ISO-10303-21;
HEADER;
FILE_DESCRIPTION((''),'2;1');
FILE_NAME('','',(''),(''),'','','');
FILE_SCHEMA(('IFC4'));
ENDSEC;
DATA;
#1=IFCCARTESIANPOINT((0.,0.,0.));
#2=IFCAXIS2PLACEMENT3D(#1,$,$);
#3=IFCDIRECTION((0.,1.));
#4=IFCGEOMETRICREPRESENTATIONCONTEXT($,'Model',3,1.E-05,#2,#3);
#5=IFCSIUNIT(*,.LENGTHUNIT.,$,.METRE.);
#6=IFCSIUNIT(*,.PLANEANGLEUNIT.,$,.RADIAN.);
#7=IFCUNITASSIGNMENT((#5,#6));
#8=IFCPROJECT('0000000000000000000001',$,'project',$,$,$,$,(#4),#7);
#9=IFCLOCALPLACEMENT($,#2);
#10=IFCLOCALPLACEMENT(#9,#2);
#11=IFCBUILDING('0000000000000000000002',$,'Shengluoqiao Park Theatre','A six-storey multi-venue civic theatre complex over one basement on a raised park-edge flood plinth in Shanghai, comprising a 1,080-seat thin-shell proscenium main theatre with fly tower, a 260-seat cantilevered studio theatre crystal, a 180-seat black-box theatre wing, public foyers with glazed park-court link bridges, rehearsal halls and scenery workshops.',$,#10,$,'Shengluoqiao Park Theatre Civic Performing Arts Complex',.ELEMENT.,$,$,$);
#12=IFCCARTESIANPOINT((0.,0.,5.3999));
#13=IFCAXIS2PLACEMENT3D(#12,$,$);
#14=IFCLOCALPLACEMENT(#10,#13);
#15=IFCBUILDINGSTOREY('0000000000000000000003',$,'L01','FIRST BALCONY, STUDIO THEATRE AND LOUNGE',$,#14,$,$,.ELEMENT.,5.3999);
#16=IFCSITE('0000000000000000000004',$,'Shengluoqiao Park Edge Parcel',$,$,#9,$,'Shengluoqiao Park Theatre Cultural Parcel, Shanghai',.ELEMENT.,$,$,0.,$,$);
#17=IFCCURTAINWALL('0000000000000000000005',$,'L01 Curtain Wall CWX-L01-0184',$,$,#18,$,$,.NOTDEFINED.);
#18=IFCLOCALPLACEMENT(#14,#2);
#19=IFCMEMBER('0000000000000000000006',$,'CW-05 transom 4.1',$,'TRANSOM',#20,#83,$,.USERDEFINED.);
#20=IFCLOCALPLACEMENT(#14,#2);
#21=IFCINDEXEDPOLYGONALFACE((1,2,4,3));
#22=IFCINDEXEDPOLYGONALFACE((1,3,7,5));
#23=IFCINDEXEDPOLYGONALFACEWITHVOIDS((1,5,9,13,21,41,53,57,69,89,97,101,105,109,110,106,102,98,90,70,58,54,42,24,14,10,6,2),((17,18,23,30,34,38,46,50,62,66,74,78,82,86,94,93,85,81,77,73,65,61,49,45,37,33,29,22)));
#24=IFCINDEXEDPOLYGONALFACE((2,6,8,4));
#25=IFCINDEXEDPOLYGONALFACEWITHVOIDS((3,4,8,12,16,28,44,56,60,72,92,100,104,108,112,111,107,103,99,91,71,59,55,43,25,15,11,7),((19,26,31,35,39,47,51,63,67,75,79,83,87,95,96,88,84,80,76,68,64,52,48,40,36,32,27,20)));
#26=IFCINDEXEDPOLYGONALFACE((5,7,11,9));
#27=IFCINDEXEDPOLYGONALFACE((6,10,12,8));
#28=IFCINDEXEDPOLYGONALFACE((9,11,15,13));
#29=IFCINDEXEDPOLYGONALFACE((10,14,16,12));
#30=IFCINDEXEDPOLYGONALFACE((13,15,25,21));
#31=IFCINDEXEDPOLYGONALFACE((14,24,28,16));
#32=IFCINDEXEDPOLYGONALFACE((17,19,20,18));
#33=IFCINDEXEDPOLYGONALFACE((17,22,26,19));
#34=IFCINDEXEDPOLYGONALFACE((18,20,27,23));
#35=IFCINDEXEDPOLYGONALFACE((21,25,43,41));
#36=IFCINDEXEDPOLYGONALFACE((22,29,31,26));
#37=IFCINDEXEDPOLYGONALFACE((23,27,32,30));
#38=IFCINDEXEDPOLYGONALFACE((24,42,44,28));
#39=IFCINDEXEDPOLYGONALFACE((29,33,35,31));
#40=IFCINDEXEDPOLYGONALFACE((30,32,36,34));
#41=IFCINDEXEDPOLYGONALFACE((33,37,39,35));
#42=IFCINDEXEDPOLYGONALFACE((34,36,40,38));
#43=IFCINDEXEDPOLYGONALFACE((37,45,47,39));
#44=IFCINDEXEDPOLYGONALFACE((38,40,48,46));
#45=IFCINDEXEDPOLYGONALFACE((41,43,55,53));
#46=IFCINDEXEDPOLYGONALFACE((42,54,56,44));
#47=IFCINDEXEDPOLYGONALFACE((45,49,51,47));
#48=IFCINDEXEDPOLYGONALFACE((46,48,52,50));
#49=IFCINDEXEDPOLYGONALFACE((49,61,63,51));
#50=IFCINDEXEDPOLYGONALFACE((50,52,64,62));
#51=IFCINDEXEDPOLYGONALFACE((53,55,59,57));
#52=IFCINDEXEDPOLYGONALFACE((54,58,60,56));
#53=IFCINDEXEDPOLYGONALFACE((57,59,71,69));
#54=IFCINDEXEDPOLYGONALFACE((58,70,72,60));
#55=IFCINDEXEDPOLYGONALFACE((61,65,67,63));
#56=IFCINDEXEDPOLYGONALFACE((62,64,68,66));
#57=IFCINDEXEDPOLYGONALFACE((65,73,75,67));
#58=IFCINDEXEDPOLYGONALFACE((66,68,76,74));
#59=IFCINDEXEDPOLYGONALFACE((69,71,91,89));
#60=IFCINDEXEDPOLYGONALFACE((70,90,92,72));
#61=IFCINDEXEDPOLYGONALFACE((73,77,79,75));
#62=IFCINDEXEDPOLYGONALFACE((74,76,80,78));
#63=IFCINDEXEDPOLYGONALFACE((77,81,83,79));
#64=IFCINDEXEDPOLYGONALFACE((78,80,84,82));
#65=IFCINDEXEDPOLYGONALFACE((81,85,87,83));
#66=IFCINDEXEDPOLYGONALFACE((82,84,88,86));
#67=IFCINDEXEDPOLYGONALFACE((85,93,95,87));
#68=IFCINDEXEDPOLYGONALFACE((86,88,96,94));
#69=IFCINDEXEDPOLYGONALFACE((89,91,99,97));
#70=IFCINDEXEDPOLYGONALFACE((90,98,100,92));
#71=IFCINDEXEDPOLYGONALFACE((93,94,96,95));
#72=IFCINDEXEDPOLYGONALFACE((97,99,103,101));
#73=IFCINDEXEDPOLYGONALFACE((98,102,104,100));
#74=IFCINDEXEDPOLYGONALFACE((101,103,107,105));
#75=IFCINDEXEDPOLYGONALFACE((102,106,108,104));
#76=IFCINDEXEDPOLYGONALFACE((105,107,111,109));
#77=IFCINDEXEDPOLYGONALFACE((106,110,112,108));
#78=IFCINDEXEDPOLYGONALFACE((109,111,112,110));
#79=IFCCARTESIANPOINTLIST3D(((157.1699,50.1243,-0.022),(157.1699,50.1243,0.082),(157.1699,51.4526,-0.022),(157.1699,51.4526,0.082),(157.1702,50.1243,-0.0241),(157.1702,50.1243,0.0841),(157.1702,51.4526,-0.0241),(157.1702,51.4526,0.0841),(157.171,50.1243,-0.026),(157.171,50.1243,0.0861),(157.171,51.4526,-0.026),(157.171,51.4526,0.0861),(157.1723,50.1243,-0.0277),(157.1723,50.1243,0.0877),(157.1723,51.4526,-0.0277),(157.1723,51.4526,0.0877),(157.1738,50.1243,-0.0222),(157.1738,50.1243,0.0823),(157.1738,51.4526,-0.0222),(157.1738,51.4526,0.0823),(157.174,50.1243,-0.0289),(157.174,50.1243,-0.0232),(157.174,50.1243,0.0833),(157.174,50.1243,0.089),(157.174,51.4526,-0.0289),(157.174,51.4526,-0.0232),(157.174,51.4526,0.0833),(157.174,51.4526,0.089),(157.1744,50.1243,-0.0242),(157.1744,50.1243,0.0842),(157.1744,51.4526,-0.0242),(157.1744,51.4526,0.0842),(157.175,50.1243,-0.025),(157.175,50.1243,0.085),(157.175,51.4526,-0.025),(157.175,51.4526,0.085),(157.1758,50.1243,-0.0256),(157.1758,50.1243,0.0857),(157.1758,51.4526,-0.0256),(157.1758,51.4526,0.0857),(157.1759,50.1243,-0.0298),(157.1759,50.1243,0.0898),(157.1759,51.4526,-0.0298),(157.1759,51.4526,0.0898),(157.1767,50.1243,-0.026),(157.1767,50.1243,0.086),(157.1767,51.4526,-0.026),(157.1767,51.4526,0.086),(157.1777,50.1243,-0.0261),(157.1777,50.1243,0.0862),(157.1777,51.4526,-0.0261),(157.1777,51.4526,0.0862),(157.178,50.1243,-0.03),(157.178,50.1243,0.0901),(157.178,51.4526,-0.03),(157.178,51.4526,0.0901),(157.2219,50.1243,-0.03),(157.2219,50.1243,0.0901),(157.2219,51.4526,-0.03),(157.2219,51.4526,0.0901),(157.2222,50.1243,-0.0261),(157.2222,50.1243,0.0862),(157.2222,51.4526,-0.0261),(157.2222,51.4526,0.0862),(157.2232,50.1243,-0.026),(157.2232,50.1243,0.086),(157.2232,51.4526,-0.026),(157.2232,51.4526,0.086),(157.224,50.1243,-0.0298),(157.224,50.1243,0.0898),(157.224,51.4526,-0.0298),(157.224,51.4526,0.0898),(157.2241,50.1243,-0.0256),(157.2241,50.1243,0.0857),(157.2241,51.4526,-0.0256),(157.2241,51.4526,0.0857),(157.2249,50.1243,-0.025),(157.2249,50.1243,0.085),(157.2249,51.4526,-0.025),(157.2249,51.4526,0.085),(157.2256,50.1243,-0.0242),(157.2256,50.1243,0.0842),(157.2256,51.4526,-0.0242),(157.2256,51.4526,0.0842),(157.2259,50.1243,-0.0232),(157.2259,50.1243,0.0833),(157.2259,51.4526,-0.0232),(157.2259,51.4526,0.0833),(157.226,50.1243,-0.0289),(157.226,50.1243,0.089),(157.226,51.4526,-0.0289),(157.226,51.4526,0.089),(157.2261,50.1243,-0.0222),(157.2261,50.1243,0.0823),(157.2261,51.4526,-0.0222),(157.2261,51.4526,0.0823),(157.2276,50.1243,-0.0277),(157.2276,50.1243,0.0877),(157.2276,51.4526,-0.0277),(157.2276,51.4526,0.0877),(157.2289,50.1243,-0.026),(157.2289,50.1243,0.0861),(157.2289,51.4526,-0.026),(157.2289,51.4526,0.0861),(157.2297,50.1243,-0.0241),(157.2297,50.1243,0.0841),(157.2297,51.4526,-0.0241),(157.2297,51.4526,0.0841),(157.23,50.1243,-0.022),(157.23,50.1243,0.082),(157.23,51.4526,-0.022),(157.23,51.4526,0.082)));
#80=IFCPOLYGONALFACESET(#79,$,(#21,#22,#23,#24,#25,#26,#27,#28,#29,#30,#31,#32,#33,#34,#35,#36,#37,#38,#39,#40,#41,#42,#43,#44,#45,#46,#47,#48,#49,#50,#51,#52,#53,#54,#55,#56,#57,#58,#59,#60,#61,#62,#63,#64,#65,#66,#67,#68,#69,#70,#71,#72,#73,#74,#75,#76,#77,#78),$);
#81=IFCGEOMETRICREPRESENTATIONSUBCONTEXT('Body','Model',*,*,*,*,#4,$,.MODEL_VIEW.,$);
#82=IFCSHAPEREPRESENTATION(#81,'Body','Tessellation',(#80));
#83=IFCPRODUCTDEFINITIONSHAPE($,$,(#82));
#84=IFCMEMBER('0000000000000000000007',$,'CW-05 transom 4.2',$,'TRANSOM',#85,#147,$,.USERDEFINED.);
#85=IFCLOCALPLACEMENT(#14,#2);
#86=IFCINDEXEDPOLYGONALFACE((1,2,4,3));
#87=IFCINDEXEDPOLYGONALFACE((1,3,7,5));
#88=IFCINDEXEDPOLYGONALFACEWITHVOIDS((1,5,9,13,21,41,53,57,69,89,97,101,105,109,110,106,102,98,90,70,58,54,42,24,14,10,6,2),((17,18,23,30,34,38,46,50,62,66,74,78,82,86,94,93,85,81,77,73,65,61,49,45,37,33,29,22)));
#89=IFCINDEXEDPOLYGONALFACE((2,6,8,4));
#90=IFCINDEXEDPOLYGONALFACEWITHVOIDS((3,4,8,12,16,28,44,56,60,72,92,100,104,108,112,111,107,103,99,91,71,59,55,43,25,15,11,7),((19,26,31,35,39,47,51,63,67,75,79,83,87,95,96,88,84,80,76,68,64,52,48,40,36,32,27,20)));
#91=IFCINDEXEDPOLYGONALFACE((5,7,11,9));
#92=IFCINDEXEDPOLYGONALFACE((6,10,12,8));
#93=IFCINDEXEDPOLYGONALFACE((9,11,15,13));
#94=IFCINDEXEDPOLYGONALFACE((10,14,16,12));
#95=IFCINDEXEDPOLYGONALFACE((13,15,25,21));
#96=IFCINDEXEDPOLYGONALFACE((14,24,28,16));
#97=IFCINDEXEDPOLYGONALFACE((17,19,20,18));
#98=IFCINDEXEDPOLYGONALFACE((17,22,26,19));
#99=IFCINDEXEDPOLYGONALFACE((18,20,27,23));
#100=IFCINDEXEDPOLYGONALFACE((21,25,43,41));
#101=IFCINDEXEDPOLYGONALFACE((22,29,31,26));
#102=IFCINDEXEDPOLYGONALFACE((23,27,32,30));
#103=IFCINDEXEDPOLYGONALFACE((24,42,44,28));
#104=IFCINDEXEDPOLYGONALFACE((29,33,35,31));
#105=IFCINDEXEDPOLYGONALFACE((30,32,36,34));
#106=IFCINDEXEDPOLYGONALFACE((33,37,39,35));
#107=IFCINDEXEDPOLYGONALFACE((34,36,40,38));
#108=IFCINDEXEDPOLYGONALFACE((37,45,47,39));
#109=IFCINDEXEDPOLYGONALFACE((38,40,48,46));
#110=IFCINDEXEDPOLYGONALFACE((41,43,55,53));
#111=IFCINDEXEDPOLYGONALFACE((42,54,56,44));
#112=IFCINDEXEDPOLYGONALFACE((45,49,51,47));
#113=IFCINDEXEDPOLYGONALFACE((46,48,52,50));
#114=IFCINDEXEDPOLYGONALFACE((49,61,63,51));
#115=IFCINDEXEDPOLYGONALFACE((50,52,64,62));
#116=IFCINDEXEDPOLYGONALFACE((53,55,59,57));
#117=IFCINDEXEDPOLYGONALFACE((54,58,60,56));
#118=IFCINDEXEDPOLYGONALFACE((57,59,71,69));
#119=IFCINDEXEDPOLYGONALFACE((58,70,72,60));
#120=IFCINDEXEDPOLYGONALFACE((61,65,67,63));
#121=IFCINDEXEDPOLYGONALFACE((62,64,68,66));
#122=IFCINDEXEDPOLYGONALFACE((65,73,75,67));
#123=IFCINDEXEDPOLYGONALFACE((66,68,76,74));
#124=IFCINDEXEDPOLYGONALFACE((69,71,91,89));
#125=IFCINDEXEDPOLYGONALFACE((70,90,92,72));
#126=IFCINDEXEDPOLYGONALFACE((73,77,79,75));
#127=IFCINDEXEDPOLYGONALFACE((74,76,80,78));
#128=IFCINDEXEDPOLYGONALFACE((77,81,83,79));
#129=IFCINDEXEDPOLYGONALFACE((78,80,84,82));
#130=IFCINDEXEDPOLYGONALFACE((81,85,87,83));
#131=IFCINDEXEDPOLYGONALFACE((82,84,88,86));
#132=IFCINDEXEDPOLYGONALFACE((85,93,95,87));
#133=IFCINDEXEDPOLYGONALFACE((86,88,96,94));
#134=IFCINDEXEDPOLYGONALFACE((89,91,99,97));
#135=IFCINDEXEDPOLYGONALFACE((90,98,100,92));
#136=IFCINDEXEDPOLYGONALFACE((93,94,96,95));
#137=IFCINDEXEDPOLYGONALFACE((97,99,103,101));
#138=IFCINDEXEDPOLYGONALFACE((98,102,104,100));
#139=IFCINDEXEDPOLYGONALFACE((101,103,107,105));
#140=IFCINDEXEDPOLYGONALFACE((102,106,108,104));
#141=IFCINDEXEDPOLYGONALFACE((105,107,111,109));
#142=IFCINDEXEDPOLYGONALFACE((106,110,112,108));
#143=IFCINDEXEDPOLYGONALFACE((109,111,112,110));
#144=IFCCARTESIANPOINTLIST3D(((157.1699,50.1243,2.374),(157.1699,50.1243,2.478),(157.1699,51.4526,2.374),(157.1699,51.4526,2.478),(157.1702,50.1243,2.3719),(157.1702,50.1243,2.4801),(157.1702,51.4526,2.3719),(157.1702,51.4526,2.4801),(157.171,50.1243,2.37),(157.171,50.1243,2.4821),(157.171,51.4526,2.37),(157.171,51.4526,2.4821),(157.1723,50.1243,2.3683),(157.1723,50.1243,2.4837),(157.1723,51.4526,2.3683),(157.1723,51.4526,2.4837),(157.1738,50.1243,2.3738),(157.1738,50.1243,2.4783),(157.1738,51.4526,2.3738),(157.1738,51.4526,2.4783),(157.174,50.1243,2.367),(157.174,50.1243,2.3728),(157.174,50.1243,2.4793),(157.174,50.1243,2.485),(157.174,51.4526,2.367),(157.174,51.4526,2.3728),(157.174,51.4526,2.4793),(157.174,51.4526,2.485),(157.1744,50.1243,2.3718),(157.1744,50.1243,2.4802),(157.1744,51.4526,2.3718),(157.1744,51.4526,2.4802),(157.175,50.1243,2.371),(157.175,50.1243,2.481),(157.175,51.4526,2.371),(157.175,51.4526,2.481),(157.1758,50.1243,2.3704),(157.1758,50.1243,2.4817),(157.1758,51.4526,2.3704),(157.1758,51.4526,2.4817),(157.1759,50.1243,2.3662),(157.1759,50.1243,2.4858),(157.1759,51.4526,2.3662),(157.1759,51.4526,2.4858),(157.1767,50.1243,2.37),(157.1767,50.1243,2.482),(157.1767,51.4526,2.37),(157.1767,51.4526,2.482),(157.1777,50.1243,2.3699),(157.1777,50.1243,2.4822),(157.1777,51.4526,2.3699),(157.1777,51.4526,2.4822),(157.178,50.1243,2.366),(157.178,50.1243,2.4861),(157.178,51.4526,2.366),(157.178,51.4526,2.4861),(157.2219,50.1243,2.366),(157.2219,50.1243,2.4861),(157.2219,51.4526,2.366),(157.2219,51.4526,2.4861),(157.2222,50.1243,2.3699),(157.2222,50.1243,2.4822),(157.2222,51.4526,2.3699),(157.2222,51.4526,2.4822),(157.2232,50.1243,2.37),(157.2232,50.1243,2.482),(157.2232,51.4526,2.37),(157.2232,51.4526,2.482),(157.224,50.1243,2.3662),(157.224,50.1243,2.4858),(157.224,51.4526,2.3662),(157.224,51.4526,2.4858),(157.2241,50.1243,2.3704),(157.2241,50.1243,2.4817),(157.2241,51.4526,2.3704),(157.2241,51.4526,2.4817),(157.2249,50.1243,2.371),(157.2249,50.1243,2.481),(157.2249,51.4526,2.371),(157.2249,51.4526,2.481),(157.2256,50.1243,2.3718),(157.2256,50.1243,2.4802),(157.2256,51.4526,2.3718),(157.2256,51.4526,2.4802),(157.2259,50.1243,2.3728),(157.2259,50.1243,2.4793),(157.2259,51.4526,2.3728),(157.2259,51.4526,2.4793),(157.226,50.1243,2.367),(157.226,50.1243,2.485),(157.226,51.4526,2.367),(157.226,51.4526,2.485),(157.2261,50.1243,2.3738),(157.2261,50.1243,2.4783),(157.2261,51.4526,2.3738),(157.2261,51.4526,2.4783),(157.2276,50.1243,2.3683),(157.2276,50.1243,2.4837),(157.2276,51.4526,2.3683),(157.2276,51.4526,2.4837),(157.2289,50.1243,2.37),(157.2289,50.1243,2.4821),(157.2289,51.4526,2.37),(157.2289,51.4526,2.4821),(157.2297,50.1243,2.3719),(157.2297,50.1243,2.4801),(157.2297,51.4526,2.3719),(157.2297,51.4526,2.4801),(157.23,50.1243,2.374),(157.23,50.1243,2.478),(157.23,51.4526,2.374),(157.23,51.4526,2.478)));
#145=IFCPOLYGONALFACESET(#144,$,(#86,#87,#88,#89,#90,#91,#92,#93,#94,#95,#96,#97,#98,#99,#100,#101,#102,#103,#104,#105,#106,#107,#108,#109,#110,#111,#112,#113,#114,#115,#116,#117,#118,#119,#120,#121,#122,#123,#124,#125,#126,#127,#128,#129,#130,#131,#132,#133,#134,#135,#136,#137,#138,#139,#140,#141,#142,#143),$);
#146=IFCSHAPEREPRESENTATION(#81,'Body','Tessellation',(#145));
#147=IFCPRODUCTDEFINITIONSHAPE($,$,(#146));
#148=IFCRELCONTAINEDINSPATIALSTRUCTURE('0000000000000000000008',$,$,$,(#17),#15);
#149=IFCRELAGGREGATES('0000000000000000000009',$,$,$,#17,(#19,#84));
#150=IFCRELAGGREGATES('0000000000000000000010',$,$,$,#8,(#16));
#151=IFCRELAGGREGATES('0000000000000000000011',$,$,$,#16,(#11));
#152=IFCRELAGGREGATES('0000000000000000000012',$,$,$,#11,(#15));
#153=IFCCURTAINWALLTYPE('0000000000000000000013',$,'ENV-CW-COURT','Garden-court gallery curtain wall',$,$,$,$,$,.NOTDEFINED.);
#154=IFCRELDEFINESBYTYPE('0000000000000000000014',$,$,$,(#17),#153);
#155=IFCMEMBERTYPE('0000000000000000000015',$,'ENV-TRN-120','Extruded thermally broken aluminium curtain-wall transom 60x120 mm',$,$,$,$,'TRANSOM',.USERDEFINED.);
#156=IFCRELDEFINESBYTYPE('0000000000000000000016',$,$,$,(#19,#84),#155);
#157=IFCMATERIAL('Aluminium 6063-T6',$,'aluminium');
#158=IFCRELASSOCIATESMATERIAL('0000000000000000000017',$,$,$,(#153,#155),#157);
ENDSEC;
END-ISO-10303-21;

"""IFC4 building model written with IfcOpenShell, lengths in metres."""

from ifc_helpers import new_model, si_unit, direction, frame, origin, origin_2d, place, context, subcontext, project, spatial, hollow_rectangle, extrude, material, material_profile, profile_set, type_object, element, aggregate, save


model = new_model("IFC4")

# Units and contexts
model_context = context("Model", 3, precision=1e-05, world=origin(), true_north=direction((0.0, 1.0)))
body_context = subcontext(model_context, "Body", "Model", "MODEL_VIEW")
ifc_project = project(units=[si_unit("LENGTHUNIT", "METRE"), si_unit("PLANEANGLEUNIT", "RADIAN")], contexts=[model_context])

# Site, building, storey
site_placement = place(None, origin())
site = spatial("IfcSite", under=ifc_project, at=site_placement, Name="Shengluoqiao Park Edge Parcel", LongName="Shengluoqiao Park Theatre Cultural Parcel, Shanghai", CompositionType="ELEMENT", RefElevation=0.0)
building_placement = place(site_placement, origin())
building = spatial("IfcBuilding", under=site, at=building_placement, Name="Shengluoqiao Park Theatre", Description="A six-storey multi-venue civic theatre complex over one basement on a raised park-edge flood plinth in Shanghai, comprising a 1,080-seat thin-shell proscenium main theatre with fly tower, a 260-seat cantilevered studio theatre crystal, a 180-seat black-box theatre wing, public foyers with glazed park-court link bridges, rehearsal halls and scenery workshops.", LongName="Shengluoqiao Park Theatre Civic Performing Arts Complex", CompositionType="ELEMENT")
storey_placement = place(building_placement, frame((0.0, 0.0, 5.3999)))
storey = spatial("IfcBuildingStorey", under=building, at=storey_placement, Name="L01", Description="FIRST BALCONY, STUDIO THEATRE AND LOUNGE", CompositionType="ELEMENT", Elevation=5.3999)

# Shared definitions
ifc_material_1 = material(Name="Aluminium 6063-T6", Category="aluminium")

# Curtain wall
curtain_wall_type_1 = type_object("IfcCurtainWallType", Name="ENV-CW-COURT", Description="Garden-court gallery curtain wall", PredefinedType="NOTDEFINED", material=ifc_material_1)
curtain_wall_1_placement = place(storey_placement, origin())
curtain_wall_1 = element("IfcCurtainWall", 1, at=curtain_wall_1_placement, inside=storey, type_object=curtain_wall_type_1, Name="L01 Curtain Wall CWX-L01-0184", PredefinedType="NOTDEFINED")

# Members
ifc_material_profile_1 = material_profile(ifc_material_1, hollow_rectangle(XDim=0.0601, YDim=0.1201, WallThickness=0.0039, InnerFilletRadius=0.0039, OuterFilletRadius=0.0081, at=origin_2d()), Name="ALU TRANSOM 120x60x4")
ifc_profile_set_1 = profile_set([ifc_material_profile_1], Name="Aluminium 6063-T6")
member_type_1 = type_object("IfcMemberType", Name="ENV-TRN-120", Description="Extruded thermally broken aluminium curtain-wall transom 60x120 mm", ElementType="TRANSOM", PredefinedType="USERDEFINED", material=ifc_profile_set_1)
member_1_placement = place(storey_placement, frame((157.2, 50.1243, 0.03), z_axis=(0.0, 1.0, 0.0), x_axis=(-1.0, 0.0, 0.0)))
member_1 = element("IfcMember", 2, at=member_1_placement, type_object=member_type_1, Name="CW-05 transom 4.1", ObjectType="TRANSOM", PredefinedType="USERDEFINED", context=body_context, shape_type="SweptSolid", body=[
    extrude(hollow_rectangle(XDim=0.0601, YDim=0.1201, WallThickness=0.0039, InnerFilletRadius=0.0039, OuterFilletRadius=0.0081, at=origin_2d()), origin(), (0.0, 0.0, 1.0), 1.3284),
])
member_2_placement = place(storey_placement, frame((157.2, 50.1243, 2.426), z_axis=(0.0, 1.0, 0.0), x_axis=(-1.0, 0.0, 0.0)))
member_2 = element("IfcMember", 3, at=member_2_placement, type_object=member_type_1, Name="CW-05 transom 4.2", ObjectType="TRANSOM", PredefinedType="USERDEFINED", context=body_context, shape_type="SweptSolid", body=[
    extrude(hollow_rectangle(XDim=0.0601, YDim=0.1201, WallThickness=0.0039, InnerFilletRadius=0.0039, OuterFilletRadius=0.0081, at=origin_2d()), origin(), (0.0, 0.0, 1.0), 1.3284),
])

aggregate(curtain_wall_1, [member_1, member_2])

save(model, "model.ifc")
